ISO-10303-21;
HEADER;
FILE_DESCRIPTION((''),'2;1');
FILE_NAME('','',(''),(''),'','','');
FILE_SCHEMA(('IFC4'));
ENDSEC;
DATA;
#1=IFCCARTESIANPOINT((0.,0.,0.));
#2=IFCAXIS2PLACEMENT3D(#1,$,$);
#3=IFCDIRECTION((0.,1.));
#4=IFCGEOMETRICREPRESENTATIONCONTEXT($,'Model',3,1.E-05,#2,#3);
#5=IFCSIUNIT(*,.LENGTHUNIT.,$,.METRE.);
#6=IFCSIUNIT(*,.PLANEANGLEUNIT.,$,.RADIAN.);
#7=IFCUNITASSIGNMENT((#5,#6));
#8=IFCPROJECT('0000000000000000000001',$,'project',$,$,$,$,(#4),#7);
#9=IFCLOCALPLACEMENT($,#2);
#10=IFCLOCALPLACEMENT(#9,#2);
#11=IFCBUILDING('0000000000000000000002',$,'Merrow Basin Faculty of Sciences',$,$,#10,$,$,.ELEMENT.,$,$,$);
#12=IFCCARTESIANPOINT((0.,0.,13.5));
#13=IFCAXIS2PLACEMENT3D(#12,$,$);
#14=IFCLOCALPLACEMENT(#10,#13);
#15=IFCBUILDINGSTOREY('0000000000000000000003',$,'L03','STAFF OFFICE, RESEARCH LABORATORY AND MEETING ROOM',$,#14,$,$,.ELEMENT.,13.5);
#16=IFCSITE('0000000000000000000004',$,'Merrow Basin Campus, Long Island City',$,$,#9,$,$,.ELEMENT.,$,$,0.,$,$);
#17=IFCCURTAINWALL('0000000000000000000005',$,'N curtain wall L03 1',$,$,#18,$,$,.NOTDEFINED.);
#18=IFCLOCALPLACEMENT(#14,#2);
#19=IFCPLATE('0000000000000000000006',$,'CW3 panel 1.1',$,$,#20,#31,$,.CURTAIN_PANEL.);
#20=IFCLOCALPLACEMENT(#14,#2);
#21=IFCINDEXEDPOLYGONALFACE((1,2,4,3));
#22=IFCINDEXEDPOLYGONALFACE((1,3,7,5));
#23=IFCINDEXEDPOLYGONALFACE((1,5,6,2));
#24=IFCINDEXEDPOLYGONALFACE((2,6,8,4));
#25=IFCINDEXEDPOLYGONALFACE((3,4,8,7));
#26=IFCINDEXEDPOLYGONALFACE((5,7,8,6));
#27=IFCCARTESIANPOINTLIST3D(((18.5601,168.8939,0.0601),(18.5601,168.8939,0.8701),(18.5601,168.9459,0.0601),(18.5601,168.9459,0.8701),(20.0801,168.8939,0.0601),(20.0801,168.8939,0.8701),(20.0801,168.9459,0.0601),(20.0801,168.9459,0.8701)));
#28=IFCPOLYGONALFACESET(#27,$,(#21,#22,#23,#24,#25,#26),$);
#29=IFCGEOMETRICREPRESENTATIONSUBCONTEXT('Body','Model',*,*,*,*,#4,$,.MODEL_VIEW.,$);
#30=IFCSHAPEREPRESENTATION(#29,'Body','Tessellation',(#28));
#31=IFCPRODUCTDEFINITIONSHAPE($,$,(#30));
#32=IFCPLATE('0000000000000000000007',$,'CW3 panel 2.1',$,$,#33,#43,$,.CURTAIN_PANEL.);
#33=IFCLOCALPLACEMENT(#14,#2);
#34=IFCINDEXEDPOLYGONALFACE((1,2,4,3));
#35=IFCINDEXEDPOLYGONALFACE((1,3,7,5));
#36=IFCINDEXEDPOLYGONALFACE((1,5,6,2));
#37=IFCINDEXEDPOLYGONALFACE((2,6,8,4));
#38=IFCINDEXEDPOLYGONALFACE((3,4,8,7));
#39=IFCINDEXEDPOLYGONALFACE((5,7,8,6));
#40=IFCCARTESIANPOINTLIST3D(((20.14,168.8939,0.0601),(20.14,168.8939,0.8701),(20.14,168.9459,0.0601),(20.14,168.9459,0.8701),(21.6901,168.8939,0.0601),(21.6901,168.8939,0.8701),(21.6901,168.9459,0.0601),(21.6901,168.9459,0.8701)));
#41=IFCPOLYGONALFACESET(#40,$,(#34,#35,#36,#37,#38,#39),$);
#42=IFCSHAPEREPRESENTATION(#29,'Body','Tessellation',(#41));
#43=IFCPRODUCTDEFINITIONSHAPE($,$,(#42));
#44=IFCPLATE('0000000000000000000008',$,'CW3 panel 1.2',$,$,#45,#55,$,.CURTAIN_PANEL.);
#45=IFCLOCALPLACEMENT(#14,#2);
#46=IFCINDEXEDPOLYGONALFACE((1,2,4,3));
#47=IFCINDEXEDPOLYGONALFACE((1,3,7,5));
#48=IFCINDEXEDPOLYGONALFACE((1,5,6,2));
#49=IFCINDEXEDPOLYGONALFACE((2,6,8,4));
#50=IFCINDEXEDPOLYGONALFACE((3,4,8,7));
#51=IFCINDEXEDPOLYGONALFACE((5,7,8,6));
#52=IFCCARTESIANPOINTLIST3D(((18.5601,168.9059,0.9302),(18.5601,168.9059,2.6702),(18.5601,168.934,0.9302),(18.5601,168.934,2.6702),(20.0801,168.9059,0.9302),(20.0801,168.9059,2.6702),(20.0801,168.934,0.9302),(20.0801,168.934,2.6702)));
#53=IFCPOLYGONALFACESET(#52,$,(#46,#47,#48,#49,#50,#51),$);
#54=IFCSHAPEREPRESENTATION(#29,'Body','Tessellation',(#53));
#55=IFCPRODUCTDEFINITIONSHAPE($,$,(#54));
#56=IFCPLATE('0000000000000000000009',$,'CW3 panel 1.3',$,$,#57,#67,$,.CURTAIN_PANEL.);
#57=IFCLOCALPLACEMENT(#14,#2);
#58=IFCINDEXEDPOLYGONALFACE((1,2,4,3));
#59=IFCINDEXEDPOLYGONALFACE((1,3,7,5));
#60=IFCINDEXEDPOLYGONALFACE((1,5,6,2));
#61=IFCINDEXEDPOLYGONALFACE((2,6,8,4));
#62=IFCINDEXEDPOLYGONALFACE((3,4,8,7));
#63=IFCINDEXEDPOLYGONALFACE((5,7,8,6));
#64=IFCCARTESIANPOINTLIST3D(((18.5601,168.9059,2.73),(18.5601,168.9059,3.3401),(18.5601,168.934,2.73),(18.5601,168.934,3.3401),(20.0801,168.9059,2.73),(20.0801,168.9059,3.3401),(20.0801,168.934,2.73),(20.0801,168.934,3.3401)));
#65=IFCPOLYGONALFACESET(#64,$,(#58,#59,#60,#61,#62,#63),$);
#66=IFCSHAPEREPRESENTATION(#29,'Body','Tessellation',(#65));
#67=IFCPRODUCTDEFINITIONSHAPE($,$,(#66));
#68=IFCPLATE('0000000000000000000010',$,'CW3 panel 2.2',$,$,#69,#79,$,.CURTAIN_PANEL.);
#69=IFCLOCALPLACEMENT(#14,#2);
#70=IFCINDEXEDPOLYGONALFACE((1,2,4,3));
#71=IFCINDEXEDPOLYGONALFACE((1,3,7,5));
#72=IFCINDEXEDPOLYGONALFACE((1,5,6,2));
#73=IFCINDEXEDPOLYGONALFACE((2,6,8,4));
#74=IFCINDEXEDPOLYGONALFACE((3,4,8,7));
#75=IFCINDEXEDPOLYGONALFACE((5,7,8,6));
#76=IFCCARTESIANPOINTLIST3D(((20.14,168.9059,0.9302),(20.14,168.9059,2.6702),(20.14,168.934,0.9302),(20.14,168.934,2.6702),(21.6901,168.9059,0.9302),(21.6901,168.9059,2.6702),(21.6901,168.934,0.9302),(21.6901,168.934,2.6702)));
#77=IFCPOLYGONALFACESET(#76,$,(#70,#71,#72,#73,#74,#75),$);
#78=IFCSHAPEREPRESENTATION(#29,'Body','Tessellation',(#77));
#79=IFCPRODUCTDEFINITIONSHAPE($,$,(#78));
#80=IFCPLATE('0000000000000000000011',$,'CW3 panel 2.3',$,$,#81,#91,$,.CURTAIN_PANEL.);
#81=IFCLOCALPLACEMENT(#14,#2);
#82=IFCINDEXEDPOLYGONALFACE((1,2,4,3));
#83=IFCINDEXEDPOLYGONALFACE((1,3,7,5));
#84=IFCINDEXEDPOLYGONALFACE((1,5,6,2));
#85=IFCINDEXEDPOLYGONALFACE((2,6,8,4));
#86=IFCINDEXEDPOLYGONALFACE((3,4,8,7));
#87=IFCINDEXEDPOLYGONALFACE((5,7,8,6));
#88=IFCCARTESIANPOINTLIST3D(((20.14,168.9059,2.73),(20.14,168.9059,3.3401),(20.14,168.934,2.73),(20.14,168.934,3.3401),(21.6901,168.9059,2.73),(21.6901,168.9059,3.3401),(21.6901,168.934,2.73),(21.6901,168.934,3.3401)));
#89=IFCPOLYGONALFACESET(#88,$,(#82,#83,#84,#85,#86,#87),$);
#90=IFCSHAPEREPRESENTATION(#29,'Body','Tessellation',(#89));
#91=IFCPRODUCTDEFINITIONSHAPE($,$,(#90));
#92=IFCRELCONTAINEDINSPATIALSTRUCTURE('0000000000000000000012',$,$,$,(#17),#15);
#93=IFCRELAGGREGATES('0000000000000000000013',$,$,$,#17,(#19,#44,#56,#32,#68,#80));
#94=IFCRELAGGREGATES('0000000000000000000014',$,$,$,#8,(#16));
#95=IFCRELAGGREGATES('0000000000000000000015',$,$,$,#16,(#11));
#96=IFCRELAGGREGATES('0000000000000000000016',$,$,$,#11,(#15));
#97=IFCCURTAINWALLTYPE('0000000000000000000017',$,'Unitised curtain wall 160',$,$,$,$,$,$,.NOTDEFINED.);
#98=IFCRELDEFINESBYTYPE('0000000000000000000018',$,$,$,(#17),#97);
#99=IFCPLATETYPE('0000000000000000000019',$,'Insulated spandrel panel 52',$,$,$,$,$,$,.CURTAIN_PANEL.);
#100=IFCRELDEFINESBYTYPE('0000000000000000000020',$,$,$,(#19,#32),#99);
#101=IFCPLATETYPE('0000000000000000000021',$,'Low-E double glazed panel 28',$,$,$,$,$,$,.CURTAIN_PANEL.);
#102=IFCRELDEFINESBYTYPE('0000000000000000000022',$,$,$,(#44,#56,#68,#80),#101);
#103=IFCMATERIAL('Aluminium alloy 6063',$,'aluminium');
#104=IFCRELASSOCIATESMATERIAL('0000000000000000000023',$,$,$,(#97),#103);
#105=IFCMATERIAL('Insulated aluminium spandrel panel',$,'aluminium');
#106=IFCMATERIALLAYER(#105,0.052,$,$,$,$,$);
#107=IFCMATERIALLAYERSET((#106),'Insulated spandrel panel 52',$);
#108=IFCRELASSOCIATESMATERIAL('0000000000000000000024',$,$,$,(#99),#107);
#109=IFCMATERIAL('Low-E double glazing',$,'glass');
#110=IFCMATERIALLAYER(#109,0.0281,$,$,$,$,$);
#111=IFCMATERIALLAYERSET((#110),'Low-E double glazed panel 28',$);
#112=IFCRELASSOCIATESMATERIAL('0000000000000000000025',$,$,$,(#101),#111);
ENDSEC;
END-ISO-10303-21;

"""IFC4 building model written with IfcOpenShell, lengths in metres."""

from ifc_helpers import new_model, si_unit, direction, frame, origin, origin_2d, place, context, subcontext, project, spatial, rectangle, extrude, material, layer, layer_set, type_object, element, aggregate, save


model = new_model("IFC4")

# Units and contexts
model_context = context("Model", 3, precision=1e-05, world=origin(), true_north=direction((0.0, 1.0)))
body_context = subcontext(model_context, "Body", "Model", "MODEL_VIEW")
ifc_project = project(units=[si_unit("LENGTHUNIT", "METRE"), si_unit("PLANEANGLEUNIT", "RADIAN")], contexts=[model_context])

# Site, building, storey
site_placement = place(None, origin())
site = spatial("IfcSite", under=ifc_project, at=site_placement, Name="Merrow Basin Campus, Long Island City", CompositionType="ELEMENT", RefElevation=0.0)
building_placement = place(site_placement, origin())
building = spatial("IfcBuilding", under=site, at=building_placement, Name="Merrow Basin Faculty of Sciences", CompositionType="ELEMENT")
storey_placement = place(building_placement, frame((0.0, 0.0, 13.5)))
storey = spatial("IfcBuildingStorey", under=building, at=storey_placement, Name="L03", Description="STAFF OFFICE, RESEARCH LABORATORY AND MEETING ROOM", CompositionType="ELEMENT", Elevation=13.5)

# Curtain wall
ifc_material_1 = material(Name="Aluminium alloy 6063", Category="aluminium")
curtain_wall_type = type_object("IfcCurtainWallType", Name="Unitised curtain wall 160", PredefinedType="NOTDEFINED", material=ifc_material_1)
curtain_wall_placement = place(storey_placement, origin())
curtain_wall = element("IfcCurtainWall", 1, at=curtain_wall_placement, inside=storey, type_object=curtain_wall_type, Name="N curtain wall L03 1", PredefinedType="NOTDEFINED")

# Plates
ifc_material_2 = material(Name="Insulated aluminium spandrel panel", Category="aluminium")
ifc_layer_1 = layer(ifc_material_2, 0.052)
ifc_layer_set_1 = layer_set([ifc_layer_1], Name="Insulated spandrel panel 52")
plate_type_1 = type_object("IfcPlateType", Name="Insulated spandrel panel 52", PredefinedType="CURTAIN_PANEL", material=ifc_layer_set_1)
plate_1_placement = place(storey_placement, frame((19.3201, 168.9199, 0.0601), z_axis=(0.0, 0.0, 1.0), x_axis=(1.0, 0.0, 0.0)))
plate_1 = element("IfcPlate", 2, at=plate_1_placement, type_object=plate_type_1, Name="CW3 panel 1.1", PredefinedType="CURTAIN_PANEL", context=body_context, shape_type="SweptSolid", body=[
    extrude(rectangle(XDim=1.52, YDim=0.052, at=origin_2d()), origin(), (0.0, 0.0, 1.0), 0.8101),
])
plate_2_placement = place(storey_placement, frame((20.915, 168.9199, 0.0601), z_axis=(0.0, 0.0, 1.0), x_axis=(1.0, 0.0, 0.0)))
plate_2 = element("IfcPlate", 3, at=plate_2_placement, type_object=plate_type_1, Name="CW3 panel 2.1", PredefinedType="CURTAIN_PANEL", context=body_context, shape_type="SweptSolid", body=[
    extrude(rectangle(XDim=1.55, YDim=0.052, at=origin_2d()), origin(), (0.0, 0.0, 1.0), 0.8101),
])
ifc_material_3 = material(Name="Low-E double glazing", Category="glass")
ifc_layer_2 = layer(ifc_material_3, 0.0281)
ifc_layer_set_2 = layer_set([ifc_layer_2], Name="Low-E double glazed panel 28")
plate_type_2 = type_object("IfcPlateType", Name="Low-E double glazed panel 28", PredefinedType="CURTAIN_PANEL", material=ifc_layer_set_2)
plate_3_placement = place(storey_placement, frame((19.3201, 168.9199, 0.9302), z_axis=(0.0, 0.0, 1.0), x_axis=(1.0, 0.0, 0.0)))
plate_3 = element("IfcPlate", 4, at=plate_3_placement, type_object=plate_type_2, Name="CW3 panel 1.2", PredefinedType="CURTAIN_PANEL", context=body_context, shape_type="SweptSolid", body=[
    extrude(rectangle(XDim=1.52, YDim=0.0281, at=origin_2d()), origin(), (0.0, 0.0, 1.0), 1.74),
])
plate_4_placement = place(storey_placement, frame((19.3201, 168.9199, 2.73), z_axis=(0.0, 0.0, 1.0), x_axis=(1.0, 0.0, 0.0)))
plate_4 = element("IfcPlate", 5, at=plate_4_placement, type_object=plate_type_2, Name="CW3 panel 1.3", PredefinedType="CURTAIN_PANEL", context=body_context, shape_type="SweptSolid", body=[
    extrude(rectangle(XDim=1.52, YDim=0.0281, at=origin_2d()), origin(), (0.0, 0.0, 1.0), 0.6101),
])
plate_5_placement = place(storey_placement, frame((20.915, 168.9199, 0.9302), z_axis=(0.0, 0.0, 1.0), x_axis=(1.0, 0.0, 0.0)))
plate_5 = element("IfcPlate", 6, at=plate_5_placement, type_object=plate_type_2, Name="CW3 panel 2.2", PredefinedType="CURTAIN_PANEL", context=body_context, shape_type="SweptSolid", body=[
    extrude(rectangle(XDim=1.55, YDim=0.0281, at=origin_2d()), origin(), (0.0, 0.0, 1.0), 1.74),
])
plate_6_placement = place(storey_placement, frame((20.915, 168.9199, 2.73), z_axis=(0.0, 0.0, 1.0), x_axis=(1.0, 0.0, 0.0)))
plate_6 = element("IfcPlate", 7, at=plate_6_placement, type_object=plate_type_2, Name="CW3 panel 2.3", PredefinedType="CURTAIN_PANEL", context=body_context, shape_type="SweptSolid", body=[
    extrude(rectangle(XDim=1.55, YDim=0.0281, at=origin_2d()), origin(), (0.0, 0.0, 1.0), 0.6101),
])
aggregate(curtain_wall, [plate_1, plate_3, plate_4, plate_2, plate_5, plate_6])

save(model, "model.ifc")
